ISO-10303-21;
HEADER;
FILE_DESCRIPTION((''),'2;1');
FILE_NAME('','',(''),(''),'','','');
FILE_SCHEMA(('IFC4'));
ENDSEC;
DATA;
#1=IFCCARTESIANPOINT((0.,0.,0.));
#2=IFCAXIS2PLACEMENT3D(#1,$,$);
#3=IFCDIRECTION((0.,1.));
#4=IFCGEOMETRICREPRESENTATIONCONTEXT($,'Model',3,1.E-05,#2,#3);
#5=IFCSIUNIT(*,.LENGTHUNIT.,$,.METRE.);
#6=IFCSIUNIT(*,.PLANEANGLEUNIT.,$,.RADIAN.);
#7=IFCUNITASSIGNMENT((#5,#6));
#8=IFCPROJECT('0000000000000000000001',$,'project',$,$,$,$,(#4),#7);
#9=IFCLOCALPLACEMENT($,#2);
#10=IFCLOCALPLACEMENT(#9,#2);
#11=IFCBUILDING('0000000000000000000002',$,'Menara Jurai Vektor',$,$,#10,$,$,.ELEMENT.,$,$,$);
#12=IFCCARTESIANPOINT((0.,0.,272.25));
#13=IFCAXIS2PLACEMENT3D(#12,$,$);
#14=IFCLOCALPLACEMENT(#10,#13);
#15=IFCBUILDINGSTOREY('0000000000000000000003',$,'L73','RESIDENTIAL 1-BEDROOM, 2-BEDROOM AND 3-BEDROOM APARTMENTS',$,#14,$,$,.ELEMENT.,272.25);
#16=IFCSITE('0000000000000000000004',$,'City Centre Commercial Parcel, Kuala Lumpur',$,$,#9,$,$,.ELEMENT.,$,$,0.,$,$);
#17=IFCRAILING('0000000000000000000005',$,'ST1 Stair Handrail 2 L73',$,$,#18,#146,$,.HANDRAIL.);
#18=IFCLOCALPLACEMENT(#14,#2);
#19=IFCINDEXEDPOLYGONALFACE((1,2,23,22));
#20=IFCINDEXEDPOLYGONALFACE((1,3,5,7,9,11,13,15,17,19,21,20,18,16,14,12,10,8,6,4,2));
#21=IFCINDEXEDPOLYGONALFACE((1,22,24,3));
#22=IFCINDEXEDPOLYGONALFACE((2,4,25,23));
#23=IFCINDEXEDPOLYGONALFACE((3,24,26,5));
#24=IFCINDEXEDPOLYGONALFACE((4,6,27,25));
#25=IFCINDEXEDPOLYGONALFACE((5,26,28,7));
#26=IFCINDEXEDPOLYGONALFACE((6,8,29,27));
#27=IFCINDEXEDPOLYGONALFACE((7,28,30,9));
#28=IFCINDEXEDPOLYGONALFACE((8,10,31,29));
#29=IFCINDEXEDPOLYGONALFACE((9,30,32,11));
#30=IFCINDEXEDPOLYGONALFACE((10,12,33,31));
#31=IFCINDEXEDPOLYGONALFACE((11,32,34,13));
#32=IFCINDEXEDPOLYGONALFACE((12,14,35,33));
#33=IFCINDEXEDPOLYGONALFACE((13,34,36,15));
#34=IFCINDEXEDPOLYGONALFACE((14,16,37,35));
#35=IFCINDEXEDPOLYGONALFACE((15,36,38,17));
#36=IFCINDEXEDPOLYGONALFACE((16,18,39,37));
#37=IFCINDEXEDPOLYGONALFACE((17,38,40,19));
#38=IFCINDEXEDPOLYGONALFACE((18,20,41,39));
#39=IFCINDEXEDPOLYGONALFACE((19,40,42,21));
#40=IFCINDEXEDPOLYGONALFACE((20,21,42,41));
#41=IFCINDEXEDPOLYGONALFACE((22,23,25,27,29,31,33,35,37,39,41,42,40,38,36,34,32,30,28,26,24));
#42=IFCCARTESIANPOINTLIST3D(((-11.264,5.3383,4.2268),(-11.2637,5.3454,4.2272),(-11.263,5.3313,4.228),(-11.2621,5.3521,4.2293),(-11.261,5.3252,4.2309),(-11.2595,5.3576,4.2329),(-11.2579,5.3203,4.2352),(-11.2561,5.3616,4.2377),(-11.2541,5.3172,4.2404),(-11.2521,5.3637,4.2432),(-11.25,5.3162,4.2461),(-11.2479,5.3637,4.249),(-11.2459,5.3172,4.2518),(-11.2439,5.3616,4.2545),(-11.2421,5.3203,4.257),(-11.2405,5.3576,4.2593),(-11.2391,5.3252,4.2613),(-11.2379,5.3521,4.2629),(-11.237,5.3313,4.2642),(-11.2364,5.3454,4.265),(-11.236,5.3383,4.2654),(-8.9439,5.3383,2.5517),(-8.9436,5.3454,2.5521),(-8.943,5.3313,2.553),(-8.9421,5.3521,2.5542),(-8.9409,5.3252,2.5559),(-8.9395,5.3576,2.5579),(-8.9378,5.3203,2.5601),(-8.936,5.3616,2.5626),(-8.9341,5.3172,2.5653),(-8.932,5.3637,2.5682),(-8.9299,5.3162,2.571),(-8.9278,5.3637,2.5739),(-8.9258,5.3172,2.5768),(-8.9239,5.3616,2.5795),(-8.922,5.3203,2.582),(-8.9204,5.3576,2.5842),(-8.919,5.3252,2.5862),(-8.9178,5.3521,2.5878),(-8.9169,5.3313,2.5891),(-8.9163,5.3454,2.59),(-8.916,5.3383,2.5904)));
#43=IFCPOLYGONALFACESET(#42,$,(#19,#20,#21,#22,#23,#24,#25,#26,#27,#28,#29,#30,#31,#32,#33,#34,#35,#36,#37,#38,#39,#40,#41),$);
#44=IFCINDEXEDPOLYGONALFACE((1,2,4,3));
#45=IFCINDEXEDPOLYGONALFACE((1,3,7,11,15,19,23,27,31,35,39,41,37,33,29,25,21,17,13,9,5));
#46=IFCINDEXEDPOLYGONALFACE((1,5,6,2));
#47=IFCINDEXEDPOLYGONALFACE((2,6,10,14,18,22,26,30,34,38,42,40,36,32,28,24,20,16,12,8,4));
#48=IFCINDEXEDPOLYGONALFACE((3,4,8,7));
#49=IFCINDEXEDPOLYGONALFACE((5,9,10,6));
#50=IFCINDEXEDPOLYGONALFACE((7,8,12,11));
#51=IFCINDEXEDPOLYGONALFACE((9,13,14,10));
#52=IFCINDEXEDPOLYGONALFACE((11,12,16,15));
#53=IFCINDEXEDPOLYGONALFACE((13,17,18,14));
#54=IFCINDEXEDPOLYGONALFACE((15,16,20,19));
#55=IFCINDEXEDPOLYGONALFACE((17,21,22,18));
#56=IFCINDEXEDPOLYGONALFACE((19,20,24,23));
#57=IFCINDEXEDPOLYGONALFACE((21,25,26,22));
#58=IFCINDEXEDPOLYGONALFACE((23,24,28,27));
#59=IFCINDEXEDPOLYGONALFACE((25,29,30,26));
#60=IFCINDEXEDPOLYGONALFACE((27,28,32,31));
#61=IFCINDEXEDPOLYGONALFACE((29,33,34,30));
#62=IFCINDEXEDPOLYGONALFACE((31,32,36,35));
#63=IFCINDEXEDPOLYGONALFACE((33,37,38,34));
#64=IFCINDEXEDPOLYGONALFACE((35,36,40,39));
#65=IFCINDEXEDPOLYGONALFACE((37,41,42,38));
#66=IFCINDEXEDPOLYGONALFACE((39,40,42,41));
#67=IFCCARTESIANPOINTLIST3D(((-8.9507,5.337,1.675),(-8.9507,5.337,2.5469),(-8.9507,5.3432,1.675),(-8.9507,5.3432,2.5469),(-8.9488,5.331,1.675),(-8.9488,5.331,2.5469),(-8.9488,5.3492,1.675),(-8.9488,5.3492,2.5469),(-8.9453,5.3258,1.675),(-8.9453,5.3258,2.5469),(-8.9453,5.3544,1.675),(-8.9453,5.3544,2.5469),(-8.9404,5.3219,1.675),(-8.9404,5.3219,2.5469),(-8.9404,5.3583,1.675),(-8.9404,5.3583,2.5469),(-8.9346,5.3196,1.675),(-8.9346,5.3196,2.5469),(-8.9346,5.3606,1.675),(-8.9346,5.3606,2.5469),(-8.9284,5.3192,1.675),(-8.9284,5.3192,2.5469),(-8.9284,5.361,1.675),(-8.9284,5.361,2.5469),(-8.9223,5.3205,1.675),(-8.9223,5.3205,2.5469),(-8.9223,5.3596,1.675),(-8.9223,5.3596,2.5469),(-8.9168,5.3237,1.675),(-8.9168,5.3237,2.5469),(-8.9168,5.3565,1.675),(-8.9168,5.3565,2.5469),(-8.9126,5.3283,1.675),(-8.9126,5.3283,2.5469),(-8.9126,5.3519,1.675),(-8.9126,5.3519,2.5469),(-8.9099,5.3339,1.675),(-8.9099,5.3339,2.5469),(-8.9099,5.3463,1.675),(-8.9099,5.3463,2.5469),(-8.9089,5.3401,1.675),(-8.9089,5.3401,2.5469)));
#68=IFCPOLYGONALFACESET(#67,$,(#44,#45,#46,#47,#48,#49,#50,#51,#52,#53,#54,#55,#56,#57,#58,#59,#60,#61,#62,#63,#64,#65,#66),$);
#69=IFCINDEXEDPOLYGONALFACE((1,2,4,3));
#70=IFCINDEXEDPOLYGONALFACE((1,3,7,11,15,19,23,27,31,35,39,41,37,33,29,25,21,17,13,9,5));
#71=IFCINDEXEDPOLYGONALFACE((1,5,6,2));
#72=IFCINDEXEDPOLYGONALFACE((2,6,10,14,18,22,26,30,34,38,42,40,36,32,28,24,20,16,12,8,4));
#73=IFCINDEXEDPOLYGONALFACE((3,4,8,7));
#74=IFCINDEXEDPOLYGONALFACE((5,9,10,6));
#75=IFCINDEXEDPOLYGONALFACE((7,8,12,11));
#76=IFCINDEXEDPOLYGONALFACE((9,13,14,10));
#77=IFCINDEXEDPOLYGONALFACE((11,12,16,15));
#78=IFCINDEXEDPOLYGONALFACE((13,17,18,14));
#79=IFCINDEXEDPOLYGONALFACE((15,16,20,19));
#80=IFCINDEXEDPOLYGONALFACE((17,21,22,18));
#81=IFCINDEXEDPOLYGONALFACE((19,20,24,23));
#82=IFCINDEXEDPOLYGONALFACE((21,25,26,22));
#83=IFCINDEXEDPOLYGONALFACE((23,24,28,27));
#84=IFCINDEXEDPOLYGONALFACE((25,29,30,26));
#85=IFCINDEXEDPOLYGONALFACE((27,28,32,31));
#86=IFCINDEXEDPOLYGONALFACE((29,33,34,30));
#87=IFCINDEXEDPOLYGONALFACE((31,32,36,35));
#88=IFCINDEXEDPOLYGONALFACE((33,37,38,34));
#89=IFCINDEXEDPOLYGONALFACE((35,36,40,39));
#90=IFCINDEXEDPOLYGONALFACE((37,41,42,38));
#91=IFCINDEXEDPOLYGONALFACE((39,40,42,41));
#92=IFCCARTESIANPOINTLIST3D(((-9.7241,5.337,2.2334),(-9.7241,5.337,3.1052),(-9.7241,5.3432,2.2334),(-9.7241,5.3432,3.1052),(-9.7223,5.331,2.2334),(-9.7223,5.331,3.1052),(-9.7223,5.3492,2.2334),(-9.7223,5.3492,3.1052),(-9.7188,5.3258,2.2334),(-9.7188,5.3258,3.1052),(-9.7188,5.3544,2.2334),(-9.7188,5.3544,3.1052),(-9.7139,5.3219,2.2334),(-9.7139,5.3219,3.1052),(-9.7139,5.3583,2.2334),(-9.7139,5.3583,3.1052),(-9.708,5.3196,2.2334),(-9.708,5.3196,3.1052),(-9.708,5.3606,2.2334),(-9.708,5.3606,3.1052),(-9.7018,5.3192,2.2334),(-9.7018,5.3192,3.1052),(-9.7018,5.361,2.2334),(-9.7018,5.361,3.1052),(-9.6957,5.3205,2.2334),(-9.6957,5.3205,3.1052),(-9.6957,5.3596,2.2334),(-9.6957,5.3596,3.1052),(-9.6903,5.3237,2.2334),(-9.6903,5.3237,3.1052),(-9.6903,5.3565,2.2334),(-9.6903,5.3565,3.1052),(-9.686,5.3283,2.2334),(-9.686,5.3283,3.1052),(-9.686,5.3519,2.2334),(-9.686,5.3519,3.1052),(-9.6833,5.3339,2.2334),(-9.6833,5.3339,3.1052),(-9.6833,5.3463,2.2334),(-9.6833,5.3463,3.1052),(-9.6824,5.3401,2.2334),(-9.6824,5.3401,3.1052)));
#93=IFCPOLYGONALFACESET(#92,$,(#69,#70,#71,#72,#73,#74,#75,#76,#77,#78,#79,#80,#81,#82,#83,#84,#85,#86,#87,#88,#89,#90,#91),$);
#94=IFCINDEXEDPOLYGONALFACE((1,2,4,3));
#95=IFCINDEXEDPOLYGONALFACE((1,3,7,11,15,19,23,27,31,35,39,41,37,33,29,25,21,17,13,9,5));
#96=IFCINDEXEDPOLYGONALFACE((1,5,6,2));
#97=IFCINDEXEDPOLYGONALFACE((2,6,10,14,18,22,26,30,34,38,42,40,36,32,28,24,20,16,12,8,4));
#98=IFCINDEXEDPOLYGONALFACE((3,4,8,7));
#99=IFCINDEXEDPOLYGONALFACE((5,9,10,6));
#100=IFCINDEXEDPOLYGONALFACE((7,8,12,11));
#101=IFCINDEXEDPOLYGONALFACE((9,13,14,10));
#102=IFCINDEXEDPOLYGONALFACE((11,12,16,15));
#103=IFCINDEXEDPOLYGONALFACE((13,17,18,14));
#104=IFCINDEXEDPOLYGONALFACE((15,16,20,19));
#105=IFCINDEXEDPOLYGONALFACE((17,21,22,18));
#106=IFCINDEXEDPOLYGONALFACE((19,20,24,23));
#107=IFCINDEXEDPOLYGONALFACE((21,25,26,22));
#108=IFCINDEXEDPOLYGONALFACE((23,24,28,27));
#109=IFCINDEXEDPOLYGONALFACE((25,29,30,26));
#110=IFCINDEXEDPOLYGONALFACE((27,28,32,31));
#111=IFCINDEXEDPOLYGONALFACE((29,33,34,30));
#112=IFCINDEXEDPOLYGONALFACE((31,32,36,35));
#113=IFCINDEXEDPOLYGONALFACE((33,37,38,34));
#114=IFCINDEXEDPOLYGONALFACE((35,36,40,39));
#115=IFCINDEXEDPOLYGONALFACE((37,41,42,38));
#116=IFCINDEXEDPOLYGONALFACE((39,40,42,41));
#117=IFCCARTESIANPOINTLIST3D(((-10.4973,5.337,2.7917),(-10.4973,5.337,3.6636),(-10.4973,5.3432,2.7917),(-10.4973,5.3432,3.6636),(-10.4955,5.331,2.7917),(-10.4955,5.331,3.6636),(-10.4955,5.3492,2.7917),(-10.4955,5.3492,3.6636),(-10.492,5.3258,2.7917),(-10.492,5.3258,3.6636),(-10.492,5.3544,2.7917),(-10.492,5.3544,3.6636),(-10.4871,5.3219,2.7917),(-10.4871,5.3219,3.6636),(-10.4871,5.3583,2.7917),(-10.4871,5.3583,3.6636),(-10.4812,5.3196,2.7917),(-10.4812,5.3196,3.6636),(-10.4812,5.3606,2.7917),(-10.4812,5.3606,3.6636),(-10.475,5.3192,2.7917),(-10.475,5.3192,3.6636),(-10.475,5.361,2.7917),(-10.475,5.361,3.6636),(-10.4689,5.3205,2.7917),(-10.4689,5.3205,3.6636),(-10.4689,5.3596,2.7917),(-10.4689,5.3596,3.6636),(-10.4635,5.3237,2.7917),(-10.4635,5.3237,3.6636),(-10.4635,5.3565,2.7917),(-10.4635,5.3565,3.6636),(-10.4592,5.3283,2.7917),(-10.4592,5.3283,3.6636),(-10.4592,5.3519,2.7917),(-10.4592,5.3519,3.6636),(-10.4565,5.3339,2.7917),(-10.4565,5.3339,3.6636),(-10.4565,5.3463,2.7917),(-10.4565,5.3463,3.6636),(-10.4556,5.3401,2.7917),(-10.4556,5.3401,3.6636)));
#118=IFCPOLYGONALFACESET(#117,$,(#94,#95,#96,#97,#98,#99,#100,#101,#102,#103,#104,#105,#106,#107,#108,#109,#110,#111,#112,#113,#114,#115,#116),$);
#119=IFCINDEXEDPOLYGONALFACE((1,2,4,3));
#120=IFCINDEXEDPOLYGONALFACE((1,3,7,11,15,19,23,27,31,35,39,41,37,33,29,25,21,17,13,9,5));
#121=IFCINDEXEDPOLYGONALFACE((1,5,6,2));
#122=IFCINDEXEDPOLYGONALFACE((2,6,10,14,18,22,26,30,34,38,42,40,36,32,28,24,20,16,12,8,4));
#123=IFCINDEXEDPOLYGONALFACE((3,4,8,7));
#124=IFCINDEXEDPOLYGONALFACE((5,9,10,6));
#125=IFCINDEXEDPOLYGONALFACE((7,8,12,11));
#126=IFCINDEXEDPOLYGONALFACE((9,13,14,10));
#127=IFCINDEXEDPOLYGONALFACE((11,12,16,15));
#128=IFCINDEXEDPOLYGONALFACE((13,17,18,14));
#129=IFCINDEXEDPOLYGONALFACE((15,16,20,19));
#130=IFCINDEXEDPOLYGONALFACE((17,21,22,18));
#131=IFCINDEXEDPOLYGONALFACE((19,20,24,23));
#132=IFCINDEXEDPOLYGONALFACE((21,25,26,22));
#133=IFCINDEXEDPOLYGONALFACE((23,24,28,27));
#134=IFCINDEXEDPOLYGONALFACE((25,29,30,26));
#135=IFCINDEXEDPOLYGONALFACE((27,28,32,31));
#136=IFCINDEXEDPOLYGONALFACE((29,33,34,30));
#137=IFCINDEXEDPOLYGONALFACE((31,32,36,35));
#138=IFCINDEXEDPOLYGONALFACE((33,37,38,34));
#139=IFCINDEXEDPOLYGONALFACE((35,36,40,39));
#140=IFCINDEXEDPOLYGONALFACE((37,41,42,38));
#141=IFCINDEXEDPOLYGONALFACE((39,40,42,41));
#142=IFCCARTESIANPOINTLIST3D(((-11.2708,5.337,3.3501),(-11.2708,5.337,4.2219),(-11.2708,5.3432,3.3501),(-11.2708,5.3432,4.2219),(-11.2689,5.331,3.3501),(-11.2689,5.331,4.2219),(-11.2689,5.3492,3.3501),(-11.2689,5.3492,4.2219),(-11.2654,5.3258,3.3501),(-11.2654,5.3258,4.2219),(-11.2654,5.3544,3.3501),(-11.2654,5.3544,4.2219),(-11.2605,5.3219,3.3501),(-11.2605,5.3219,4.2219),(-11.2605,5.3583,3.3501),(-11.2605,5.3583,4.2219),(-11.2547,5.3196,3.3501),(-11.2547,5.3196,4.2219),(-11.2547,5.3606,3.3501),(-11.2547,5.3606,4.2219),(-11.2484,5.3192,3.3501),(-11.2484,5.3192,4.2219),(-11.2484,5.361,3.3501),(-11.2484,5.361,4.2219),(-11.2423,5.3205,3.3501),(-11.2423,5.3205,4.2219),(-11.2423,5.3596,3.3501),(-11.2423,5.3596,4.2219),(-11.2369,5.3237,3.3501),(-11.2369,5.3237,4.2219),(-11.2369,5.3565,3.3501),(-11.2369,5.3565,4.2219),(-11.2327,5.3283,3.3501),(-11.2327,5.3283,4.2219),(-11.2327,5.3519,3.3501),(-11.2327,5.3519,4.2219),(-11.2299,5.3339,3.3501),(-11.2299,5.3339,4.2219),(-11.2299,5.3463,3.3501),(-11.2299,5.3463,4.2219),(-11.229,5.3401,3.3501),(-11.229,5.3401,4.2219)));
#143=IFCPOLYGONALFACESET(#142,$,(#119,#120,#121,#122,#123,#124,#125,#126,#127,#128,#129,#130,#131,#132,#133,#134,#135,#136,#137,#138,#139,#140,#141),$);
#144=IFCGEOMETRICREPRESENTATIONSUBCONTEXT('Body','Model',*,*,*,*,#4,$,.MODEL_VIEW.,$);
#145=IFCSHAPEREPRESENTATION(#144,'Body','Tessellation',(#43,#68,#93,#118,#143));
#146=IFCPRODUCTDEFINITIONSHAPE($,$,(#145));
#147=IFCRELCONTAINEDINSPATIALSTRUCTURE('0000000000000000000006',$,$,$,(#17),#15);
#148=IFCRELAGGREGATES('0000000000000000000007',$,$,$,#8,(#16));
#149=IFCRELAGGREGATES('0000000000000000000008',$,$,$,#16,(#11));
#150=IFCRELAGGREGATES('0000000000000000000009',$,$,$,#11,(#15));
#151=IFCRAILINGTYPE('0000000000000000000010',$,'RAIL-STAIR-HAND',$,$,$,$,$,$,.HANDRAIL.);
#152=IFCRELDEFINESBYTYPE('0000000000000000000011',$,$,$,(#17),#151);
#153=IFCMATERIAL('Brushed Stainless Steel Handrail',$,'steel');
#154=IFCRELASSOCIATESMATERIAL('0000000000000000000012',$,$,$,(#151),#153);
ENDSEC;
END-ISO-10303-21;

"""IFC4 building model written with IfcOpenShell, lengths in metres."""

from ifc_helpers import new_model, si_unit, direction, frame, origin, origin_2d, place, context, subcontext, project, spatial, circle, extrude, material, type_object, element, save


model = new_model("IFC4")

# Units and contexts
model_context = context("Model", 3, precision=1e-05, world=origin(), true_north=direction((0.0, 1.0)))
body_context = subcontext(model_context, "Body", "Model", "MODEL_VIEW")
ifc_project = project(units=[si_unit("LENGTHUNIT", "METRE"), si_unit("PLANEANGLEUNIT", "RADIAN")], contexts=[model_context])

# Site, building, storey
site_placement = place(None, origin())
site = spatial("IfcSite", under=ifc_project, at=site_placement, Name="City Centre Commercial Parcel, Kuala Lumpur", CompositionType="ELEMENT", RefElevation=0.0)
building_placement = place(site_placement, origin())
building = spatial("IfcBuilding", under=site, at=building_placement, Name="Menara Jurai Vektor", CompositionType="ELEMENT")
storey_placement = place(building_placement, frame((0.0, 0.0, 272.25)))
storey = spatial("IfcBuildingStorey", under=building, at=storey_placement, Name="L73", Description="RESIDENTIAL 1-BEDROOM, 2-BEDROOM AND 3-BEDROOM APARTMENTS", CompositionType="ELEMENT", Elevation=272.25)

# Railing
ifc_material_1 = material(Name="Brushed Stainless Steel Handrail", Category="steel")
railing_type_1 = type_object("IfcRailingType", Name="RAIL-STAIR-HAND", PredefinedType="HANDRAIL", material=ifc_material_1)
railing_1_placement = place(storey_placement, frame((-8.9299, 5.3401, 1.675)))
element("IfcRailing", 1, at=railing_1_placement, inside=storey, type_object=railing_type_1, Name="ST1 Stair Handrail 2 L73", PredefinedType="HANDRAIL", context=body_context, shape_type="SweptSolid", body=[
    extrude(circle(Radius=0.0239, at=origin_2d()), frame((0.0, 0.0, 0.896), z_axis=(-0.810771, 0.0, 0.585363), x_axis=(0.0, -1.0, 0.0)), (0.0, 0.0, 1.0), 2.8616),
    extrude(circle(Radius=0.021, at=origin_2d()), origin(), (0.0, 0.0, 1.0), 0.8718),
    extrude(circle(Radius=0.021, at=origin_2d()), frame((-0.7734, 0.0, 0.5583)), (0.0, 0.0, 1.0), 0.8718),
    extrude(circle(Radius=0.021, at=origin_2d()), frame((-1.5466, 0.0, 1.1167)), (0.0, 0.0, 1.0), 0.8718),
    extrude(circle(Radius=0.021, at=origin_2d()), frame((-2.3201, 0.0, 1.675)), (0.0, 0.0, 1.0), 0.8718),
])

save(model, "model.ifc")
